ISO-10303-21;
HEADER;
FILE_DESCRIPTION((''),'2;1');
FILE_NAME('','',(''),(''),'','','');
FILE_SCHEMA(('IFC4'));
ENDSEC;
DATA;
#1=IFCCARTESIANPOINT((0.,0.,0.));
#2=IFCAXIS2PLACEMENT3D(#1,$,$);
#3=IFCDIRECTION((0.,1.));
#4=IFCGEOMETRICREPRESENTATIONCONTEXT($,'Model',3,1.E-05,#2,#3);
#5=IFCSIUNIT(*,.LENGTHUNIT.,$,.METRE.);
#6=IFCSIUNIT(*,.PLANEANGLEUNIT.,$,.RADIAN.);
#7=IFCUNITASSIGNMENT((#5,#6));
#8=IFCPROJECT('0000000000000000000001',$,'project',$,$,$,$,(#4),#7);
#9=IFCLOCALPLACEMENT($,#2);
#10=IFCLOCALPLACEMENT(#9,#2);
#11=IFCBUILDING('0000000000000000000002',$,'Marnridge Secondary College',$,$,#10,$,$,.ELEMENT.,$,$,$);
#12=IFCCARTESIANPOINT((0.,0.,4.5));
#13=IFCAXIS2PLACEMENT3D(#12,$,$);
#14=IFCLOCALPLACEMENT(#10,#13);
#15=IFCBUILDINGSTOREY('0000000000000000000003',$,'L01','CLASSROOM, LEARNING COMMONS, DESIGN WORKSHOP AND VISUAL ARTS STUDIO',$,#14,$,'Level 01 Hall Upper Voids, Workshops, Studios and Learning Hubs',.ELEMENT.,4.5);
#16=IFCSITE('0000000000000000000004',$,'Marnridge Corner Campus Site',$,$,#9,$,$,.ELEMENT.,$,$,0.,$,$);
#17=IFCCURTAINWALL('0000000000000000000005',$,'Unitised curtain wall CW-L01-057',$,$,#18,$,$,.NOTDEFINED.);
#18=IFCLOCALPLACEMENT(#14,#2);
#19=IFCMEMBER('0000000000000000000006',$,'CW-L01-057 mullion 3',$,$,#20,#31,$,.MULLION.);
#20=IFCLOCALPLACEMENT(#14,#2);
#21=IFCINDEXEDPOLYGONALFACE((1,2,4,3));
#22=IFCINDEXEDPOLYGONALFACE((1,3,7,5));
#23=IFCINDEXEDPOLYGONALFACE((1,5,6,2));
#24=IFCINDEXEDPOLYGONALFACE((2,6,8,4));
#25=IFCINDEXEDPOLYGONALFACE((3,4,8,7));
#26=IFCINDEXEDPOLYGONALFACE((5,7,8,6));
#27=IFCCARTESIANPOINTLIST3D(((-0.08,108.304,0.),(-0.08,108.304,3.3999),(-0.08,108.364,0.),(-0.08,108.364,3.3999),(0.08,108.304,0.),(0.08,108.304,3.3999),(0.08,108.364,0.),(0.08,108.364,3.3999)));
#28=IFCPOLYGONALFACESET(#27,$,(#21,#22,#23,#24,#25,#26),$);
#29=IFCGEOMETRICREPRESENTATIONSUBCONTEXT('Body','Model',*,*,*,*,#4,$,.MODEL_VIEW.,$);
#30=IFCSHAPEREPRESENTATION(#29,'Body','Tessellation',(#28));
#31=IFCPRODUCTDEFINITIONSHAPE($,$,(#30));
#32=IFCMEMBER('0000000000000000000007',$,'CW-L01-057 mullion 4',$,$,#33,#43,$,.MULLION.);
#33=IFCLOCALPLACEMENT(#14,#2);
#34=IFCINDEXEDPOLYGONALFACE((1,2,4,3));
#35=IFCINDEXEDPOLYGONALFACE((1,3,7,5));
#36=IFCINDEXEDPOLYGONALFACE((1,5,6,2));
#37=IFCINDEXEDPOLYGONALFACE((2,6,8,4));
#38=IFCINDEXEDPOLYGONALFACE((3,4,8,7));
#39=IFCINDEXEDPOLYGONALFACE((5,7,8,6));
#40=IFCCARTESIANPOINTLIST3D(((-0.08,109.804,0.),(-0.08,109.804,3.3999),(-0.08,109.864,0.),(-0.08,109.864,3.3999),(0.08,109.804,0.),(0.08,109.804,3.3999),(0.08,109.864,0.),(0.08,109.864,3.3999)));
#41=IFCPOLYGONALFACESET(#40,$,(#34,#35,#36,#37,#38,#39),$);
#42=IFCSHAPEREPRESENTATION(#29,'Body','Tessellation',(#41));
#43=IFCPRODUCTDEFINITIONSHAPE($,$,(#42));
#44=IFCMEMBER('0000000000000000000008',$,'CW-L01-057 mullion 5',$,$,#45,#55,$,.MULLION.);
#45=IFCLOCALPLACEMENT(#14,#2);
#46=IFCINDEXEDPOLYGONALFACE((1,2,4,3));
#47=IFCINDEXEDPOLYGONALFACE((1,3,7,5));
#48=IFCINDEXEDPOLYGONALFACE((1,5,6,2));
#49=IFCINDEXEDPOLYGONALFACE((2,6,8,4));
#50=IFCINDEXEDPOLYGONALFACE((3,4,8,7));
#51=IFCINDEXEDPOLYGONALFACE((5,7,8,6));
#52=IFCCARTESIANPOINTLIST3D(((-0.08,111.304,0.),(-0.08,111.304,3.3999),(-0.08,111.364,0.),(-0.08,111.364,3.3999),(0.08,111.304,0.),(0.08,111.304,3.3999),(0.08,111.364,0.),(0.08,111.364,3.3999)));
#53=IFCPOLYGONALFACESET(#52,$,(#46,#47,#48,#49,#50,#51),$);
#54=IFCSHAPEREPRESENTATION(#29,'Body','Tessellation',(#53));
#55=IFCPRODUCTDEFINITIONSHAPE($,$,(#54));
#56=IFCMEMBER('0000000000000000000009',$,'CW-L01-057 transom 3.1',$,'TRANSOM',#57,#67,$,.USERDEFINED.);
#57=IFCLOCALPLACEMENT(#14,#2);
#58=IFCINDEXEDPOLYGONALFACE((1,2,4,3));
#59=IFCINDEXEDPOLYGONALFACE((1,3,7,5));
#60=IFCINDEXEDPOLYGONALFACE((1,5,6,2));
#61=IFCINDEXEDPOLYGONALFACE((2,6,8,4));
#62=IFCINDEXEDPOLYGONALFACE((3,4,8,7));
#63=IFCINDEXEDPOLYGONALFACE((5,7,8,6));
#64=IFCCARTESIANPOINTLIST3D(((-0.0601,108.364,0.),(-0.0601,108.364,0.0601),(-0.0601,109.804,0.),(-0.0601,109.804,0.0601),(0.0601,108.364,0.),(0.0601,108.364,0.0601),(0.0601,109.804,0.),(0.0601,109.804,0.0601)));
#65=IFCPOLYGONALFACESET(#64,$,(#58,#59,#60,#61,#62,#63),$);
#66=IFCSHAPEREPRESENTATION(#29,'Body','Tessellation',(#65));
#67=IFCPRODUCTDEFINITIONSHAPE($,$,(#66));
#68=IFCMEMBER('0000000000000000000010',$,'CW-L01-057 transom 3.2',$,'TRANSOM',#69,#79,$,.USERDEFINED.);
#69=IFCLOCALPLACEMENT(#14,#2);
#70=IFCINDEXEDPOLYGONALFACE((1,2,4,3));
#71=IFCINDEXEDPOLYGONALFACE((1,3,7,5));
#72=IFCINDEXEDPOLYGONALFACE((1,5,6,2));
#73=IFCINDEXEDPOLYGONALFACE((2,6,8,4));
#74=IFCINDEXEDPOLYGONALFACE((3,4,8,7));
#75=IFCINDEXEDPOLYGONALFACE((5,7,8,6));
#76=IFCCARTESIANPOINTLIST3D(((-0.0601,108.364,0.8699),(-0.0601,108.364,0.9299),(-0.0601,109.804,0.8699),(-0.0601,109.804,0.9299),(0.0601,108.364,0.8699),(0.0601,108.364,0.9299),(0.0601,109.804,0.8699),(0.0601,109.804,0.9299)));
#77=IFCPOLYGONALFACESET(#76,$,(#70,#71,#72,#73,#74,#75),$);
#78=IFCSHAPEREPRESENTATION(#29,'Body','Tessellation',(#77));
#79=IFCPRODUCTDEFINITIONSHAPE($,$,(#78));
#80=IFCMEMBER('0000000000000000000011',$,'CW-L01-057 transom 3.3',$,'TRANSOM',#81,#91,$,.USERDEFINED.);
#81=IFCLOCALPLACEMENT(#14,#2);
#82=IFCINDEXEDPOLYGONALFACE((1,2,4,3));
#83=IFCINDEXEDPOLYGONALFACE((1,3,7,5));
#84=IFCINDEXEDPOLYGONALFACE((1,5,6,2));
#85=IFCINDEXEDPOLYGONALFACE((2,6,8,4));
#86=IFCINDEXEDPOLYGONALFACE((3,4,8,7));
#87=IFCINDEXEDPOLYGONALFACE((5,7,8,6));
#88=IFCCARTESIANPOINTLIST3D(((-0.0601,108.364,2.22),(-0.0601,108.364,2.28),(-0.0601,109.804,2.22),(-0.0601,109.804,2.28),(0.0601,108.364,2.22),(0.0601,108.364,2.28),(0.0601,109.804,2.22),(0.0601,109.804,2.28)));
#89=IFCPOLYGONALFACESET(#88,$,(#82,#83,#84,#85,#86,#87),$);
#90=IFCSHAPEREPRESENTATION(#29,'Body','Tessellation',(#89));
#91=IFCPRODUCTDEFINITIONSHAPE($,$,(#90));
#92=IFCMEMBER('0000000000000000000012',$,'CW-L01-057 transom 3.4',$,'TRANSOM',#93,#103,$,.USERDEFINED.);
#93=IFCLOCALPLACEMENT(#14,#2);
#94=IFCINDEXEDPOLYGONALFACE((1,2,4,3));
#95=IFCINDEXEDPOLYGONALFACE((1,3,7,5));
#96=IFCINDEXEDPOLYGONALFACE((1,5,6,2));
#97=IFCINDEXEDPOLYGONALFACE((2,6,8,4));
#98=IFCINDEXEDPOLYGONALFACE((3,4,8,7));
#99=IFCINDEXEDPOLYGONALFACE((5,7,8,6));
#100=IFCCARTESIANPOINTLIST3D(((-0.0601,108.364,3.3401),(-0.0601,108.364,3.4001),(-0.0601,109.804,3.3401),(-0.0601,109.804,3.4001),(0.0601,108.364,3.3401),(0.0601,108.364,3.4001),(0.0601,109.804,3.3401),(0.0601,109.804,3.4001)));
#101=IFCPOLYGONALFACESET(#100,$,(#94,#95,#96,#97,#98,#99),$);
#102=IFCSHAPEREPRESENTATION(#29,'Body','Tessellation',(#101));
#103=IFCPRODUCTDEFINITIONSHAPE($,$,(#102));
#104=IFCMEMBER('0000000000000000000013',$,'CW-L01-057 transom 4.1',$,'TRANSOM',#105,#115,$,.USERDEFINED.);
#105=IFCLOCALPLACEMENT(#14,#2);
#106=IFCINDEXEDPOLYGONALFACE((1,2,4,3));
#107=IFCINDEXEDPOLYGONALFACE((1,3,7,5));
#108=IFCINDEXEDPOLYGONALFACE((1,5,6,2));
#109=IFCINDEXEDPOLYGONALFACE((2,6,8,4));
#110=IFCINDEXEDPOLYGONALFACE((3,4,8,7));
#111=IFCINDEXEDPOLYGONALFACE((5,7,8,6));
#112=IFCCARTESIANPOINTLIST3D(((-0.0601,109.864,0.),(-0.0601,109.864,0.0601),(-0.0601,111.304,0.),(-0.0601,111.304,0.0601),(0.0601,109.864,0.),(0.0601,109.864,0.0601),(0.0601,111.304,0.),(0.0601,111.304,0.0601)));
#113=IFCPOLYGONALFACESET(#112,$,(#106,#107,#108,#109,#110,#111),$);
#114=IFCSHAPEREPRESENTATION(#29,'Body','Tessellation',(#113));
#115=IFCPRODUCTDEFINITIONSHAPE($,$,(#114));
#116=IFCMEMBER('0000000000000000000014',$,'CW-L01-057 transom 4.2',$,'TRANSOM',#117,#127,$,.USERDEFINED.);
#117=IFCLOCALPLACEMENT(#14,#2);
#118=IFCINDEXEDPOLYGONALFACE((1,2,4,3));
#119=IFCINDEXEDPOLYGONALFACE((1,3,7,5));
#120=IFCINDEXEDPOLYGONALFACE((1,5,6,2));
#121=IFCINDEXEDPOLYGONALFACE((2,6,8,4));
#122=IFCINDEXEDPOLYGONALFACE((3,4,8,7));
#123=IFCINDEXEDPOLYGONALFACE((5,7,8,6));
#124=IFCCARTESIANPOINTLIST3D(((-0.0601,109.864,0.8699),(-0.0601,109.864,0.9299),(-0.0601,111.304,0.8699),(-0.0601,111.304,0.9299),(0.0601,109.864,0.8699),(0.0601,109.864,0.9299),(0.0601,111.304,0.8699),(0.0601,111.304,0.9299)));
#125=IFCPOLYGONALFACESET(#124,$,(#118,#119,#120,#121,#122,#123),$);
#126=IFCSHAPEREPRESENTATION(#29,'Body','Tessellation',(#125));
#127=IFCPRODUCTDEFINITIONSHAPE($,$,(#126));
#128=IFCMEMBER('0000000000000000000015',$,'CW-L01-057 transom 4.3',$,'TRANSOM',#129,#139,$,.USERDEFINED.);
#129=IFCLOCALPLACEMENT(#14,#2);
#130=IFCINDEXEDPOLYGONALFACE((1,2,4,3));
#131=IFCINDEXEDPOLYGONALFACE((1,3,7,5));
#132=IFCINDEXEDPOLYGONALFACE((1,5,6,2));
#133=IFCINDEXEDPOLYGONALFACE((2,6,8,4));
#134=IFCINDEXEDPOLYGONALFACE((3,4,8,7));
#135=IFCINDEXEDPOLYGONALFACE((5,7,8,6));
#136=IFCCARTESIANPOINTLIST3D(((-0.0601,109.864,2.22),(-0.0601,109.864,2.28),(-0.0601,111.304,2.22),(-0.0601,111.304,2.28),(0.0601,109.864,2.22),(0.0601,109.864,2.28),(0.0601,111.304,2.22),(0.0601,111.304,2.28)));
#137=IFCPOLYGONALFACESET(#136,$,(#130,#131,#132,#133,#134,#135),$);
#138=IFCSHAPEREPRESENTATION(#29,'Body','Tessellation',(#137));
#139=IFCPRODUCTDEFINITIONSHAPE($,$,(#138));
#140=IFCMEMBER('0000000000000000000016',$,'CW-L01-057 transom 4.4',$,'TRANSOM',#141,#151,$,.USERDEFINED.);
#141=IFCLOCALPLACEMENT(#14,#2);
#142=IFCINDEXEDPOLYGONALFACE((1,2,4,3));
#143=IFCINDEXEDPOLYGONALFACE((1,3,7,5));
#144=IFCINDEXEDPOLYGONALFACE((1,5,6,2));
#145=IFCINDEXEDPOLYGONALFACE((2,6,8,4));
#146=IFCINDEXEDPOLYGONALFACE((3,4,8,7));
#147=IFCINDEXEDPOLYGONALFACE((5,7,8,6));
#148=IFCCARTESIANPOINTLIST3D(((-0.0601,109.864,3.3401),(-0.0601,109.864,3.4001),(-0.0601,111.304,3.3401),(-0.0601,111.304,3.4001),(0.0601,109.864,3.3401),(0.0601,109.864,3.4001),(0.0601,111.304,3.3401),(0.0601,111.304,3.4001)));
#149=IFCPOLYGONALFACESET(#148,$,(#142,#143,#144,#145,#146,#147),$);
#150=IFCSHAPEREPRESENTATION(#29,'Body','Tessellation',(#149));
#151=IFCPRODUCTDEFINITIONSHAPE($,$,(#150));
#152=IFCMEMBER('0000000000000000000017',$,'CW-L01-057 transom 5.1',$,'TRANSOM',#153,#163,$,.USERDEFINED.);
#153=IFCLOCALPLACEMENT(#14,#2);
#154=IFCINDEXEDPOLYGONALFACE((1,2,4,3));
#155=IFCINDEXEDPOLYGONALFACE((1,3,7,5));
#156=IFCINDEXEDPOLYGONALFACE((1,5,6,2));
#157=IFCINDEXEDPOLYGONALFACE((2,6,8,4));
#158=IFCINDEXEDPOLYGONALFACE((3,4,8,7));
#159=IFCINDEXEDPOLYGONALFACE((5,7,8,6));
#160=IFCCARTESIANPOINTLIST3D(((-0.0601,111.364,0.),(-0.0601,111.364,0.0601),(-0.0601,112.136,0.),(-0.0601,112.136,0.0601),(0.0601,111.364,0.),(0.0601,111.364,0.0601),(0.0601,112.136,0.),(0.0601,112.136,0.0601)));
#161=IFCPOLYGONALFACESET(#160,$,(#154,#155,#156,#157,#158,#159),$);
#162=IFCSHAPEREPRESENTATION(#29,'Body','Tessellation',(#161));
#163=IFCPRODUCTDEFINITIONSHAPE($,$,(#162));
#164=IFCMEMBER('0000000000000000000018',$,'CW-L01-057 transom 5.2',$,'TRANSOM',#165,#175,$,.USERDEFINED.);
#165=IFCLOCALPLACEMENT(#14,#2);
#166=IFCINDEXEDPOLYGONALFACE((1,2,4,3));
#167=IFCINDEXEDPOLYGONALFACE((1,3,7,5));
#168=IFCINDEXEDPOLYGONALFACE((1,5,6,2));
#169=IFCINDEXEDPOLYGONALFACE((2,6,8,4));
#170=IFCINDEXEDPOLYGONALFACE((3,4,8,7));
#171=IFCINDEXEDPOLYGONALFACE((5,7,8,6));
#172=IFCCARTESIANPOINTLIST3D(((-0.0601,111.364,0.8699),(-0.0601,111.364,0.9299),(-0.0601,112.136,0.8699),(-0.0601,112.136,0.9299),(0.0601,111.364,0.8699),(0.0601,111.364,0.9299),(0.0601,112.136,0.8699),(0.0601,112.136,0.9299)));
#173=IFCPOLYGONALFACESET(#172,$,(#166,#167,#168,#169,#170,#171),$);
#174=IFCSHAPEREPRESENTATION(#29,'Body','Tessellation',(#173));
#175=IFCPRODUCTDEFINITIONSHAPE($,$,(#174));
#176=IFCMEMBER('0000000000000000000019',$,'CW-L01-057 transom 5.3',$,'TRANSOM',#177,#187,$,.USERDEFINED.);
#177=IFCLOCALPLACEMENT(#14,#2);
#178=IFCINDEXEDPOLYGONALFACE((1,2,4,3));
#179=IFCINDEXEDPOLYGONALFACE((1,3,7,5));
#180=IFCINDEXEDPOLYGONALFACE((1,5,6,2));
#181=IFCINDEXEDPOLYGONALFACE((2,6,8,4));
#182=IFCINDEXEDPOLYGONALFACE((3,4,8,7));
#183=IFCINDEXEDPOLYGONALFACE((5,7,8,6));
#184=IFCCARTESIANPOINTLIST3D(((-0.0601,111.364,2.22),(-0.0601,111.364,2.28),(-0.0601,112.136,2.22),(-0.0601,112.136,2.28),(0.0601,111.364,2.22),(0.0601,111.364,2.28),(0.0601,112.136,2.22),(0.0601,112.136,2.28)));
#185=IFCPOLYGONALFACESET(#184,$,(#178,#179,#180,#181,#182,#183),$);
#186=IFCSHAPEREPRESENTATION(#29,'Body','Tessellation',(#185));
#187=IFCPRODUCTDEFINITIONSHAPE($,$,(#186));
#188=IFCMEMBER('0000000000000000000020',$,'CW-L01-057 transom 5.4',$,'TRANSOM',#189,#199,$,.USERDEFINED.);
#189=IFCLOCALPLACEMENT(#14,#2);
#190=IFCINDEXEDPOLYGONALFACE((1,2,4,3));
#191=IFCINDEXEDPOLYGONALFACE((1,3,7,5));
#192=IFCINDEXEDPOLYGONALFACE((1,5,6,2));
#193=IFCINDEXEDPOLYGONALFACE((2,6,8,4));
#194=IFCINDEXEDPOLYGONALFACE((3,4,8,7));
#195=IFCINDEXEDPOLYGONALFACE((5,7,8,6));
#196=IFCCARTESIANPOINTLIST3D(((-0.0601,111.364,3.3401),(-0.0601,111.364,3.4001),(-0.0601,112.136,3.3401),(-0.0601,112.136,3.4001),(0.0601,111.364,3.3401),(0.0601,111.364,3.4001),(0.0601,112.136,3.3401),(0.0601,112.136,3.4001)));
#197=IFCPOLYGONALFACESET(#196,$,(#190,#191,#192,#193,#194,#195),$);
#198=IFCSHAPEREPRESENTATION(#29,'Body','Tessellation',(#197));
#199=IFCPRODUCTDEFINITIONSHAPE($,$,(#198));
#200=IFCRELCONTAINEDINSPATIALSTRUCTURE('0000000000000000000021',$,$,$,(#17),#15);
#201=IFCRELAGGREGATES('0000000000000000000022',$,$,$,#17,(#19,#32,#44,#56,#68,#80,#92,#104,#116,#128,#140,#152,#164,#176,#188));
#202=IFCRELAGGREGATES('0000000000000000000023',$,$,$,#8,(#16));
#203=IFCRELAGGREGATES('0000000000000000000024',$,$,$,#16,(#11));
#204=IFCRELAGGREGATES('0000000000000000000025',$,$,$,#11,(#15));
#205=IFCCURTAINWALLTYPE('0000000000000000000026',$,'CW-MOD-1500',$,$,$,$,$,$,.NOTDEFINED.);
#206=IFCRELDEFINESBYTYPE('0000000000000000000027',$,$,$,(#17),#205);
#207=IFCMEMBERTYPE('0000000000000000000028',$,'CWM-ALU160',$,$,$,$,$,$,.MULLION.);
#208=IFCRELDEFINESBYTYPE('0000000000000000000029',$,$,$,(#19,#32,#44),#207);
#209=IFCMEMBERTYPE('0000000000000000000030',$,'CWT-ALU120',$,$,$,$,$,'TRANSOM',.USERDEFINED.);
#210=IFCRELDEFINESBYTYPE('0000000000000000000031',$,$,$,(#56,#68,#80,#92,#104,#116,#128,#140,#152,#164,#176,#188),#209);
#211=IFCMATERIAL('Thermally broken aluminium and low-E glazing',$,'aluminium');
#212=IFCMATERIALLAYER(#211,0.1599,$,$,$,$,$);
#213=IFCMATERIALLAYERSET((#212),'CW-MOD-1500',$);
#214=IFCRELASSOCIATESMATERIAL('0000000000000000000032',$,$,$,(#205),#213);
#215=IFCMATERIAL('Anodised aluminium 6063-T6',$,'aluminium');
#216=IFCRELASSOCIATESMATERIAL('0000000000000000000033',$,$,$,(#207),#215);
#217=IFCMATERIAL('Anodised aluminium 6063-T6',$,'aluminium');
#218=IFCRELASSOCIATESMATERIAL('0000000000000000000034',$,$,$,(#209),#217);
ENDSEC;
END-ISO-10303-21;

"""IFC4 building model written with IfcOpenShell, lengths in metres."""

from ifc_helpers import new_model, si_unit, direction, frame, origin, origin_2d, place, context, subcontext, project, spatial, rectangle, extrude, material, layer, layer_set, material_profile, profile_set, type_object, element, aggregate, save


model = new_model("IFC4")

# Units and contexts
model_context = context("Model", 3, precision=1e-05, world=origin(), true_north=direction((0.0, 1.0)))
body_context = subcontext(model_context, "Body", "Model", "MODEL_VIEW")
ifc_project = project(units=[si_unit("LENGTHUNIT", "METRE"), si_unit("PLANEANGLEUNIT", "RADIAN")], contexts=[model_context])

# Site, building, storey
site_placement = place(None, origin())
site = spatial("IfcSite", under=ifc_project, at=site_placement, Name="Marnridge Corner Campus Site", CompositionType="ELEMENT", RefElevation=0.0)
building_placement = place(site_placement, origin())
building = spatial("IfcBuilding", under=site, at=building_placement, Name="Marnridge Secondary College", CompositionType="ELEMENT")
storey_placement = place(building_placement, frame((0.0, 0.0, 4.5)))
storey = spatial("IfcBuildingStorey", under=building, at=storey_placement, Name="L01", Description="CLASSROOM, LEARNING COMMONS, DESIGN WORKSHOP AND VISUAL ARTS STUDIO", LongName="Level 01 Hall Upper Voids, Workshops, Studios and Learning Hubs", CompositionType="ELEMENT", Elevation=4.5)

# Curtain wall, members
ifc_material_1 = material(Name="Thermally broken aluminium and low-E glazing", Category="aluminium")
ifc_layer_1 = layer(ifc_material_1, 0.1599)
ifc_layer_set_1 = layer_set([ifc_layer_1], Name="CW-MOD-1500")
curtain_wall_type = type_object("IfcCurtainWallType", Name="CW-MOD-1500", PredefinedType="NOTDEFINED", material=ifc_layer_set_1)
curtain_wall_placement = place(storey_placement, origin())
curtain_wall = element("IfcCurtainWall", 1, at=curtain_wall_placement, inside=storey, type_object=curtain_wall_type, Name="Unitised curtain wall CW-L01-057", PredefinedType="NOTDEFINED")
ifc_material_2 = material(Name="Anodised aluminium 6063-T6", Category="aluminium")
ifc_material_profile_1 = material_profile(ifc_material_2, rectangle(XDim=0.0601, YDim=0.1599, at=origin_2d()), Name="ALU 60x160")
ifc_profile_set_1 = profile_set([ifc_material_profile_1], Name="Anodised aluminium 6063-T6")
member_type_1 = type_object("IfcMemberType", Name="CWM-ALU160", PredefinedType="MULLION", material=ifc_profile_set_1)
member_1_placement = place(storey_placement, frame((0.0, 108.334, 0.0), z_axis=(0.0, 0.0, 1.0), x_axis=(0.0, 1.0, 0.0)))
member_1 = element("IfcMember", 2, at=member_1_placement, type_object=member_type_1, Name="CW-L01-057 mullion 3", PredefinedType="MULLION", context=body_context, shape_type="SweptSolid", body=[
    extrude(rectangle(XDim=0.0601, YDim=0.1599, at=origin_2d()), origin(), (0.0, 0.0, 1.0), 3.3999),
])
member_2_placement = place(storey_placement, frame((0.0, 109.834, 0.0), z_axis=(0.0, 0.0, 1.0), x_axis=(0.0, 1.0, 0.0)))
member_2 = element("IfcMember", 3, at=member_2_placement, type_object=member_type_1, Name="CW-L01-057 mullion 4", PredefinedType="MULLION", context=body_context, shape_type="SweptSolid", body=[
    extrude(rectangle(XDim=0.0601, YDim=0.1599, at=origin_2d()), origin(), (0.0, 0.0, 1.0), 3.3999),
])
member_3_placement = place(storey_placement, frame((0.0, 111.334, 0.0), z_axis=(0.0, 0.0, 1.0), x_axis=(0.0, 1.0, 0.0)))
member_3 = element("IfcMember", 4, at=member_3_placement, type_object=member_type_1, Name="CW-L01-057 mullion 5", PredefinedType="MULLION", context=body_context, shape_type="SweptSolid", body=[
    extrude(rectangle(XDim=0.0601, YDim=0.1599, at=origin_2d()), origin(), (0.0, 0.0, 1.0), 3.3999),
])
ifc_material_3 = material(Name="Anodised aluminium 6063-T6", Category="aluminium")
ifc_material_profile_2 = material_profile(ifc_material_3, rectangle(XDim=0.0601, YDim=0.1201, at=origin_2d()), Name="ALU 60x120")
ifc_profile_set_2 = profile_set([ifc_material_profile_2], Name="Anodised aluminium 6063-T6")
member_type_2 = type_object("IfcMemberType", Name="CWT-ALU120", ElementType="TRANSOM", PredefinedType="USERDEFINED", material=ifc_profile_set_2)
member_4_placement = place(storey_placement, frame((0.0, 108.364, 0.03), z_axis=(0.0, 1.0, 0.0), x_axis=(0.0, 0.0, 1.0)))
member_4 = element("IfcMember", 5, at=member_4_placement, type_object=member_type_2, Name="CW-L01-057 transom 3.1", ObjectType="TRANSOM", PredefinedType="USERDEFINED", context=body_context, shape_type="SweptSolid", body=[
    extrude(rectangle(XDim=0.0601, YDim=0.1201, at=origin_2d()), origin(), (0.0, 0.0, 1.0), 1.4399),
])
member_5_placement = place(storey_placement, frame((0.0, 108.364, 0.8999), z_axis=(0.0, 1.0, 0.0), x_axis=(0.0, 0.0, 1.0)))
member_5 = element("IfcMember", 6, at=member_5_placement, type_object=member_type_2, Name="CW-L01-057 transom 3.2", ObjectType="TRANSOM", PredefinedType="USERDEFINED", context=body_context, shape_type="SweptSolid", body=[
    extrude(rectangle(XDim=0.0601, YDim=0.1201, at=origin_2d()), origin(), (0.0, 0.0, 1.0), 1.4399),
])
member_6_placement = place(storey_placement, frame((0.0, 108.364, 2.25), z_axis=(0.0, 1.0, 0.0), x_axis=(0.0, 0.0, 1.0)))
member_6 = element("IfcMember", 7, at=member_6_placement, type_object=member_type_2, Name="CW-L01-057 transom 3.3", ObjectType="TRANSOM", PredefinedType="USERDEFINED", context=body_context, shape_type="SweptSolid", body=[
    extrude(rectangle(XDim=0.0601, YDim=0.1201, at=origin_2d()), origin(), (0.0, 0.0, 1.0), 1.4399),
])
member_7_placement = place(storey_placement, frame((0.0, 108.364, 3.3701), z_axis=(0.0, 1.0, 0.0), x_axis=(0.0, 0.0, 1.0)))
member_7 = element("IfcMember", 8, at=member_7_placement, type_object=member_type_2, Name="CW-L01-057 transom 3.4", ObjectType="TRANSOM", PredefinedType="USERDEFINED", context=body_context, shape_type="SweptSolid", body=[
    extrude(rectangle(XDim=0.0601, YDim=0.1201, at=origin_2d()), origin(), (0.0, 0.0, 1.0), 1.4399),
])
member_8_placement = place(storey_placement, frame((0.0, 109.864, 0.03), z_axis=(0.0, 1.0, 0.0), x_axis=(0.0, 0.0, 1.0)))
member_8 = element("IfcMember", 9, at=member_8_placement, type_object=member_type_2, Name="CW-L01-057 transom 4.1", ObjectType="TRANSOM", PredefinedType="USERDEFINED", context=body_context, shape_type="SweptSolid", body=[
    extrude(rectangle(XDim=0.0601, YDim=0.1201, at=origin_2d()), origin(), (0.0, 0.0, 1.0), 1.4399),
])
member_9_placement = place(storey_placement, frame((0.0, 109.864, 0.8999), z_axis=(0.0, 1.0, 0.0), x_axis=(0.0, 0.0, 1.0)))
member_9 = element("IfcMember", 10, at=member_9_placement, type_object=member_type_2, Name="CW-L01-057 transom 4.2", ObjectType="TRANSOM", PredefinedType="USERDEFINED", context=body_context, shape_type="SweptSolid", body=[
    extrude(rectangle(XDim=0.0601, YDim=0.1201, at=origin_2d()), origin(), (0.0, 0.0, 1.0), 1.4399),
])
member_10_placement = place(storey_placement, frame((0.0, 109.864, 2.25), z_axis=(0.0, 1.0, 0.0), x_axis=(0.0, 0.0, 1.0)))
member_10 = element("IfcMember", 11, at=member_10_placement, type_object=member_type_2, Name="CW-L01-057 transom 4.3", ObjectType="TRANSOM", PredefinedType="USERDEFINED", context=body_context, shape_type="SweptSolid", body=[
    extrude(rectangle(XDim=0.0601, YDim=0.1201, at=origin_2d()), origin(), (0.0, 0.0, 1.0), 1.4399),
])
member_11_placement = place(storey_placement, frame((0.0, 109.864, 3.3701), z_axis=(0.0, 1.0, 0.0), x_axis=(0.0, 0.0, 1.0)))
member_11 = element("IfcMember", 12, at=member_11_placement, type_object=member_type_2, Name="CW-L01-057 transom 4.4", ObjectType="TRANSOM", PredefinedType="USERDEFINED", context=body_context, shape_type="SweptSolid", body=[
    extrude(rectangle(XDim=0.0601, YDim=0.1201, at=origin_2d()), origin(), (0.0, 0.0, 1.0), 1.4399),
])
member_12_placement = place(storey_placement, frame((0.0, 111.364, 0.03), z_axis=(0.0, 1.0, 0.0), x_axis=(0.0, 0.0, 1.0)))
member_12 = element("IfcMember", 13, at=member_12_placement, type_object=member_type_2, Name="CW-L01-057 transom 5.1", ObjectType="TRANSOM", PredefinedType="USERDEFINED", context=body_context, shape_type="SweptSolid", body=[
    extrude(rectangle(XDim=0.0601, YDim=0.1201, at=origin_2d()), origin(), (0.0, 0.0, 1.0), 0.772),
])
member_13_placement = place(storey_placement, frame((0.0, 111.364, 0.8999), z_axis=(0.0, 1.0, 0.0), x_axis=(0.0, 0.0, 1.0)))
member_13 = element("IfcMember", 14, at=member_13_placement, type_object=member_type_2, Name="CW-L01-057 transom 5.2", ObjectType="TRANSOM", PredefinedType="USERDEFINED", context=body_context, shape_type="SweptSolid", body=[
    extrude(rectangle(XDim=0.0601, YDim=0.1201, at=origin_2d()), origin(), (0.0, 0.0, 1.0), 0.772),
])
member_14_placement = place(storey_placement, frame((0.0, 111.364, 2.25), z_axis=(0.0, 1.0, 0.0), x_axis=(0.0, 0.0, 1.0)))
member_14 = element("IfcMember", 15, at=member_14_placement, type_object=member_type_2, Name="CW-L01-057 transom 5.3", ObjectType="TRANSOM", PredefinedType="USERDEFINED", context=body_context, shape_type="SweptSolid", body=[
    extrude(rectangle(XDim=0.0601, YDim=0.1201, at=origin_2d()), origin(), (0.0, 0.0, 1.0), 0.772),
])
member_15_placement = place(storey_placement, frame((0.0, 111.364, 3.3701), z_axis=(0.0, 1.0, 0.0), x_axis=(0.0, 0.0, 1.0)))
member_15 = element("IfcMember", 16, at=member_15_placement, type_object=member_type_2, Name="CW-L01-057 transom 5.4", ObjectType="TRANSOM", PredefinedType="USERDEFINED", context=body_context, shape_type="SweptSolid", body=[
    extrude(rectangle(XDim=0.0601, YDim=0.1201, at=origin_2d()), origin(), (0.0, 0.0, 1.0), 0.772),
])
aggregate(curtain_wall, [member_1, member_2, member_3, member_4, member_5, member_6, member_7, member_8, member_9, member_10, member_11, member_12, member_13, member_14, member_15])

save(model, "model.ifc")
